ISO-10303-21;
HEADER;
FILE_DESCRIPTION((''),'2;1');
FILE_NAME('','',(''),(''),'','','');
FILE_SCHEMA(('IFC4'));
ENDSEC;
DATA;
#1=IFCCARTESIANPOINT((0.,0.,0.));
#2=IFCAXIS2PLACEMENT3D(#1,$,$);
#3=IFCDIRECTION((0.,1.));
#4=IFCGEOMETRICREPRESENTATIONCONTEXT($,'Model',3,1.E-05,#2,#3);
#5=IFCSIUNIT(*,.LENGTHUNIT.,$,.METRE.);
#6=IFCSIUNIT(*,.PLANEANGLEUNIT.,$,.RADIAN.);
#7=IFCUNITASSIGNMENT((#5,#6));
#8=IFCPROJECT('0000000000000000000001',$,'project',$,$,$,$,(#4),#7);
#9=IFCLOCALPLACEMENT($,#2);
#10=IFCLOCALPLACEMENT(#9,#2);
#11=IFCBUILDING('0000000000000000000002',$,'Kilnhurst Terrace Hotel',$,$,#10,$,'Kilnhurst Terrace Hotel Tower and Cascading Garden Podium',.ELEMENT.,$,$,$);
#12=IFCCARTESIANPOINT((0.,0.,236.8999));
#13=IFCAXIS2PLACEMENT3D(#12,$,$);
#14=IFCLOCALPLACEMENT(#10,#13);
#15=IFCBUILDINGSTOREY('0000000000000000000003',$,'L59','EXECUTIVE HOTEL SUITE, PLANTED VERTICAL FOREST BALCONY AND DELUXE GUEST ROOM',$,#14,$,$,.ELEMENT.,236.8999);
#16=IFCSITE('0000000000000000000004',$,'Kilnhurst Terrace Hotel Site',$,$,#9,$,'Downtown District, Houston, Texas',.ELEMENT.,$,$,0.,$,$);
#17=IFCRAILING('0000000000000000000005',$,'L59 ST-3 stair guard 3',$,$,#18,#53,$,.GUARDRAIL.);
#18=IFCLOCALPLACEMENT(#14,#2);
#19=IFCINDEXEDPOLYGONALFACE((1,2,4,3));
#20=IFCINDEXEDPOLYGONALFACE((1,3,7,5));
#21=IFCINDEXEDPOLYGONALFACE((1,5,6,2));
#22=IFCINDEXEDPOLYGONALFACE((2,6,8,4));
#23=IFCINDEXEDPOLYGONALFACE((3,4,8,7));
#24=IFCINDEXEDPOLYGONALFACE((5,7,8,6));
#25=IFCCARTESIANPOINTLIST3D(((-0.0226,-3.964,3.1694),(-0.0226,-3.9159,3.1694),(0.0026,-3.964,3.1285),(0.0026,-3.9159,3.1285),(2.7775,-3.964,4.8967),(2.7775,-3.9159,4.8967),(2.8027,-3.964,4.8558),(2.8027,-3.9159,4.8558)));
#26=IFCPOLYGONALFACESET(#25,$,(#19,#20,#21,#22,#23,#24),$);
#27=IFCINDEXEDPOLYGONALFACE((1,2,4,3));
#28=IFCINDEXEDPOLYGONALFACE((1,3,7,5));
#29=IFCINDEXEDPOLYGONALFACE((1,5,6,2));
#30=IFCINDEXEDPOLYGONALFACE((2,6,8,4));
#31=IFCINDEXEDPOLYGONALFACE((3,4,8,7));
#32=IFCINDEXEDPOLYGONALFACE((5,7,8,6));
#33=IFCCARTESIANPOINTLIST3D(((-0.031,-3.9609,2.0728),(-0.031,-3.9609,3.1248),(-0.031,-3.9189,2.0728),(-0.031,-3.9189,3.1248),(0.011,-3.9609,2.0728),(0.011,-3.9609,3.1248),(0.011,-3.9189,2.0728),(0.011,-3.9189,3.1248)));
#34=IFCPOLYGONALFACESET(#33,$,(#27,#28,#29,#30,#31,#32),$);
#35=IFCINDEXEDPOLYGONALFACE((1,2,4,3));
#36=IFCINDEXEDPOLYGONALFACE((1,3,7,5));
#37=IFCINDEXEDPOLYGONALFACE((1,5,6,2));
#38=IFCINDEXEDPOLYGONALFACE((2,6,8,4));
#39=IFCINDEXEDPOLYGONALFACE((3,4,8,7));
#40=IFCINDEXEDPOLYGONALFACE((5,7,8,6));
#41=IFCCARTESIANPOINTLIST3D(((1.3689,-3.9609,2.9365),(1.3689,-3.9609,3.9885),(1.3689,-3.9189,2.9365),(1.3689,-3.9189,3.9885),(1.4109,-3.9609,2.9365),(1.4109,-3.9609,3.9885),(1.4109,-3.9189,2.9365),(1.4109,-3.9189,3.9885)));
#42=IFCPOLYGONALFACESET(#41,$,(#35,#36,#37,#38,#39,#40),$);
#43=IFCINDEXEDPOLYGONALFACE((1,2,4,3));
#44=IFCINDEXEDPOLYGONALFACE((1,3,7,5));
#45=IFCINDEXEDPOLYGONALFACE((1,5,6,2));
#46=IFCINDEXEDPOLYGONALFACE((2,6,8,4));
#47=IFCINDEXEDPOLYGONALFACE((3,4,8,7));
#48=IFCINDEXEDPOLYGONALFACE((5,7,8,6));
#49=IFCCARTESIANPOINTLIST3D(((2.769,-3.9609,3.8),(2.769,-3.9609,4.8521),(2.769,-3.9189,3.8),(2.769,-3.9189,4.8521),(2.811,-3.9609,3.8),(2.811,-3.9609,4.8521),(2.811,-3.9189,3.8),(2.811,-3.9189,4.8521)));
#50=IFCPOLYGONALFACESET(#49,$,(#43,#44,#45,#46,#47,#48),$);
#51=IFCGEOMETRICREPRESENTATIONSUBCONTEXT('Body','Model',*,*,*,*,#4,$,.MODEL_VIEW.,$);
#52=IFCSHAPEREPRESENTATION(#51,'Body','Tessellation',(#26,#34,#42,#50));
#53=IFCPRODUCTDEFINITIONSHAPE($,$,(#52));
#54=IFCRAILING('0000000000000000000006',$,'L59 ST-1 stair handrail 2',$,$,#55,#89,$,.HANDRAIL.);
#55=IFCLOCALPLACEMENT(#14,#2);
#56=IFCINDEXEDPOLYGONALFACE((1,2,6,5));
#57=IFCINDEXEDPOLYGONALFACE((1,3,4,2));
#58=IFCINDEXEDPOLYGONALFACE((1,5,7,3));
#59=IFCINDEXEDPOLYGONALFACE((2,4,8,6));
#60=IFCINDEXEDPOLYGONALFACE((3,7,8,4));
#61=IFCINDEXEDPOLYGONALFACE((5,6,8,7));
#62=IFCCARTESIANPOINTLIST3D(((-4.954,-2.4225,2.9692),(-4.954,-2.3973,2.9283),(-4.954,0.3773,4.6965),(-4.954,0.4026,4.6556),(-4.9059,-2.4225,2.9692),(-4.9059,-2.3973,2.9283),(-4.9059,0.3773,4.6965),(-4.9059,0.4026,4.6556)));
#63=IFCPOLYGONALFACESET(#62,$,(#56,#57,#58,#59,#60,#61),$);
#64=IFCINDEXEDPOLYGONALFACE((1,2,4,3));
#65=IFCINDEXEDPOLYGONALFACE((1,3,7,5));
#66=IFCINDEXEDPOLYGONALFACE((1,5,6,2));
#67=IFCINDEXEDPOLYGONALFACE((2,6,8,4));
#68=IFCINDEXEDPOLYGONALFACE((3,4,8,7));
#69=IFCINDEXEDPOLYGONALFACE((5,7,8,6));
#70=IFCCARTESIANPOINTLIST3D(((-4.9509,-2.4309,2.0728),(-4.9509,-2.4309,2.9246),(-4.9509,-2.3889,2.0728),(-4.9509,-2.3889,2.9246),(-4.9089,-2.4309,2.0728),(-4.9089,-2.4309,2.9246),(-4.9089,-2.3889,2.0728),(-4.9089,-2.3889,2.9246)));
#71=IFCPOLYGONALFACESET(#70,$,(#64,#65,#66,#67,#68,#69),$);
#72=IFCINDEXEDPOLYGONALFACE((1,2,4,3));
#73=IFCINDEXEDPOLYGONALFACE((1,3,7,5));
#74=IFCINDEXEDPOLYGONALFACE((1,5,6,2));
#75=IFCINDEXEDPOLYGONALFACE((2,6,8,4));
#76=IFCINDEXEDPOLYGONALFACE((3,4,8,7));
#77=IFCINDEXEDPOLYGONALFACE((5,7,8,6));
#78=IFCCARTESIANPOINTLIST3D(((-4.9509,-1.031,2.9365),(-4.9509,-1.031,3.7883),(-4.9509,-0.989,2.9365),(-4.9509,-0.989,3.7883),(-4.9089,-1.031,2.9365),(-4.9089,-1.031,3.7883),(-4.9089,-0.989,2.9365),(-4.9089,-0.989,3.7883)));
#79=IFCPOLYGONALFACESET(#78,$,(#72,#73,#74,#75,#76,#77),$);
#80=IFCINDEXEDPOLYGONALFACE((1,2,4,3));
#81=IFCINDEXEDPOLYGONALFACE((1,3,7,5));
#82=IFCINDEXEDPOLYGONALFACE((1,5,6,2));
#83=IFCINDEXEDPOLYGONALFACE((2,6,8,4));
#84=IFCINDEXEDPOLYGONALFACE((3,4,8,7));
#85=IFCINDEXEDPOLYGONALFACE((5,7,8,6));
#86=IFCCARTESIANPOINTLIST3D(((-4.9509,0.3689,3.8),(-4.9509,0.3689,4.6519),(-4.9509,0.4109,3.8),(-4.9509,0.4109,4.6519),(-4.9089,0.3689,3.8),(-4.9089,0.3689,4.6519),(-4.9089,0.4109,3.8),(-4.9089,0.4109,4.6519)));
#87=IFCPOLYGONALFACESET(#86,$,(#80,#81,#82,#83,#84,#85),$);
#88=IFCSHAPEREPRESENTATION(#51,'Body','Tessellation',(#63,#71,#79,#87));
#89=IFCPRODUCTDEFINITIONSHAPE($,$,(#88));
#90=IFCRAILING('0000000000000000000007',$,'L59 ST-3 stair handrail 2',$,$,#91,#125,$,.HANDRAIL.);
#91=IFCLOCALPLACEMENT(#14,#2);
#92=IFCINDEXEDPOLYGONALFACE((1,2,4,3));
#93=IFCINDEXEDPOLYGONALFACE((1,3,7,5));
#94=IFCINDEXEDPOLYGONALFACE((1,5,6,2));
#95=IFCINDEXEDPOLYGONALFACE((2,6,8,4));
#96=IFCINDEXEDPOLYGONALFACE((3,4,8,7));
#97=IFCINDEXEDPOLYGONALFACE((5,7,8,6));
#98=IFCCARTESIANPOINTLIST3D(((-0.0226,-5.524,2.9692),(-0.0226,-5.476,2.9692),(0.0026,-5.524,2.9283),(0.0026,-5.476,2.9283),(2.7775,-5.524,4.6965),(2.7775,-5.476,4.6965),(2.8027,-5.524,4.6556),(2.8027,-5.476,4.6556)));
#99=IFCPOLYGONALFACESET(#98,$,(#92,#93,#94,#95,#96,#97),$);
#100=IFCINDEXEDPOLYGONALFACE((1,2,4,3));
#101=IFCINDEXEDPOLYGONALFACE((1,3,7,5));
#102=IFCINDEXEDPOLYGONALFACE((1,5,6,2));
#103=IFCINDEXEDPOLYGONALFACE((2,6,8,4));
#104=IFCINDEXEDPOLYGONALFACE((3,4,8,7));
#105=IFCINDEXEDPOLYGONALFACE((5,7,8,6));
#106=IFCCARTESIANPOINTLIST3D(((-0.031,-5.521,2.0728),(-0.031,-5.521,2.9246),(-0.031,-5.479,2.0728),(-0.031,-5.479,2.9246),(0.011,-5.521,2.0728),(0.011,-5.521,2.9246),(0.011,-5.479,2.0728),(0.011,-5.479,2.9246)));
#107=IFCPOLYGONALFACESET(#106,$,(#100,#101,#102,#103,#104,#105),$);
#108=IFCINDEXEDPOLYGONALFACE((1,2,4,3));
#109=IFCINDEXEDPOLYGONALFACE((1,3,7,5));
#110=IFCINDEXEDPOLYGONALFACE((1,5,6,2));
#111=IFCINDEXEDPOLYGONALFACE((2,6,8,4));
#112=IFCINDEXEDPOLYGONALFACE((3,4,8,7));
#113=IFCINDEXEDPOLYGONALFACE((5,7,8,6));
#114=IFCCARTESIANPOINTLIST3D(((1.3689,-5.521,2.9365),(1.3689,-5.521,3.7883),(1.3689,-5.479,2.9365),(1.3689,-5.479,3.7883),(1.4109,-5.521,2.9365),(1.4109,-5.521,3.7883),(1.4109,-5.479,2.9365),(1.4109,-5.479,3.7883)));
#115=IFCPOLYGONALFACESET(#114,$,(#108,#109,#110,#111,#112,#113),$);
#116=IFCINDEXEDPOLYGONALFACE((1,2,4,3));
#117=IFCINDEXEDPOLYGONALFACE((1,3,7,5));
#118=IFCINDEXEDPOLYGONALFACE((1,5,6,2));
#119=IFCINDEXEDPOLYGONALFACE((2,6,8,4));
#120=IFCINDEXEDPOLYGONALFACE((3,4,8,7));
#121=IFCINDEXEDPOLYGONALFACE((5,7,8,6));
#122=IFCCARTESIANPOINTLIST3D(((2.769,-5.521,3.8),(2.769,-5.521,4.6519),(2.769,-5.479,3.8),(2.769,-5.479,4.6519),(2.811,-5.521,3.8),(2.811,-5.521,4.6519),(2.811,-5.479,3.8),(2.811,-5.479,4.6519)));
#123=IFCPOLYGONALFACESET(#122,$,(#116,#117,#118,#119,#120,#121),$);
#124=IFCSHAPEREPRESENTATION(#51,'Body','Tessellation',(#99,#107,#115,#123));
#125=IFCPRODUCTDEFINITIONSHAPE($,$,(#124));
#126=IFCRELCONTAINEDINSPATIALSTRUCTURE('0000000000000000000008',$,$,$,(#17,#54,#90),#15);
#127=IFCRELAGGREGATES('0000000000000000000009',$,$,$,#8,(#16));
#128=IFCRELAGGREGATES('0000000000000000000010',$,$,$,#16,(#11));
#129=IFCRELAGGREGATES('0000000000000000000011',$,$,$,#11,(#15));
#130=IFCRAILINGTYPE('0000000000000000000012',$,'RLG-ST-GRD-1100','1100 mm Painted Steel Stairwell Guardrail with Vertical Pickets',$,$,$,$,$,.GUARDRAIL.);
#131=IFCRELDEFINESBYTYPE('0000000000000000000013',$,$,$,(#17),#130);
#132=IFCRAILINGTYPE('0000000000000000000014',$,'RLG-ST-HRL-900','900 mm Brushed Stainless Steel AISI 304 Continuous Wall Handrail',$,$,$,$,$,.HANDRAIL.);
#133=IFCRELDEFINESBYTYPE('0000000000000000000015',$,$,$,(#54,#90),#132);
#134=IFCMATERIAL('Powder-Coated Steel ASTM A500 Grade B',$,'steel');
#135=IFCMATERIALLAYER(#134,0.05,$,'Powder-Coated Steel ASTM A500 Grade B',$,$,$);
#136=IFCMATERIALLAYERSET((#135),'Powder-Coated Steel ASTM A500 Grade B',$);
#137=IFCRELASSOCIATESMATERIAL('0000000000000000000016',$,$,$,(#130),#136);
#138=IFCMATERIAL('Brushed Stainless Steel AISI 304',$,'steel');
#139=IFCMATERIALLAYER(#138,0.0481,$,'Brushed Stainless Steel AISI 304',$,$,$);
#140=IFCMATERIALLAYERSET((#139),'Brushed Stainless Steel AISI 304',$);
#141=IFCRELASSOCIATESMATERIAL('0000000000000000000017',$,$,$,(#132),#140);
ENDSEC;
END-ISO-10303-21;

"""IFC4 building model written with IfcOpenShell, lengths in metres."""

from ifc_helpers import new_model, si_unit, direction, frame, origin, origin_2d, place, context, subcontext, project, spatial, rectangle, extrude, material, layer, layer_set, type_object, element, save


model = new_model("IFC4")

# Units and contexts
model_context = context("Model", 3, precision=1e-05, world=origin(), true_north=direction((0.0, 1.0)))
body_context = subcontext(model_context, "Body", "Model", "MODEL_VIEW")
ifc_project = project(units=[si_unit("LENGTHUNIT", "METRE"), si_unit("PLANEANGLEUNIT", "RADIAN")], contexts=[model_context])

# Site, building, storey
site_placement = place(None, origin())
site = spatial("IfcSite", under=ifc_project, at=site_placement, Name="Kilnhurst Terrace Hotel Site", LongName="Downtown District, Houston, Texas", CompositionType="ELEMENT", RefElevation=0.0)
building_placement = place(site_placement, origin())
building = spatial("IfcBuilding", under=site, at=building_placement, Name="Kilnhurst Terrace Hotel", LongName="Kilnhurst Terrace Hotel Tower and Cascading Garden Podium", CompositionType="ELEMENT")
storey_placement = place(building_placement, frame((0.0, 0.0, 236.8999)))
storey = spatial("IfcBuildingStorey", under=building, at=storey_placement, Name="L59", Description="EXECUTIVE HOTEL SUITE, PLANTED VERTICAL FOREST BALCONY AND DELUXE GUEST ROOM", CompositionType="ELEMENT", Elevation=236.8999)

# Railings
ifc_material_1 = material(Name="Powder-Coated Steel ASTM A500 Grade B", Category="steel")
ifc_layer_1 = layer(ifc_material_1, 0.05, Name="Powder-Coated Steel ASTM A500 Grade B")
ifc_layer_set_1 = layer_set([ifc_layer_1], Name="Powder-Coated Steel ASTM A500 Grade B")
railing_type_1 = type_object("IfcRailingType", Name="RLG-ST-GRD-1100", Description="1100 mm Painted Steel Stairwell Guardrail with Vertical Pickets", PredefinedType="GUARDRAIL", material=ifc_layer_set_1)
railing_1_placement = place(storey_placement, frame((-0.01, -3.9399, 2.0728)))
element("IfcRailing", 1, at=railing_1_placement, inside=storey, type_object=railing_type_1, Name="L59 ST-3 stair guard 3", PredefinedType="GUARDRAIL", context=body_context, shape_type="SweptSolid", body=[
    extrude(rectangle(XDim=0.0481, YDim=0.0481, at=origin_2d()), frame((0.0, 0.0, 1.0762), z_axis=(0.85109, 0.0, 0.52502), x_axis=(0.0, 1.0, 0.0)), (0.0, 0.0, 1.0), 3.29),
    extrude(rectangle(XDim=0.042, YDim=0.042, at=origin_2d()), origin(), (0.0, 0.0, 1.0), 1.052),
    extrude(rectangle(XDim=0.042, YDim=0.042, at=origin_2d()), frame((1.3999, 0.0, 0.8638)), (0.0, 0.0, 1.0), 1.052),
    extrude(rectangle(XDim=0.042, YDim=0.042, at=origin_2d()), frame((2.8, 0.0, 1.7273)), (0.0, 0.0, 1.0), 1.052),
])
ifc_material_2 = material(Name="Brushed Stainless Steel AISI 304", Category="steel")
ifc_layer_2 = layer(ifc_material_2, 0.0481, Name="Brushed Stainless Steel AISI 304")
ifc_layer_set_2 = layer_set([ifc_layer_2], Name="Brushed Stainless Steel AISI 304")
railing_type_2 = type_object("IfcRailingType", Name="RLG-ST-HRL-900", Description="900 mm Brushed Stainless Steel AISI 304 Continuous Wall Handrail", PredefinedType="HANDRAIL", material=ifc_layer_set_2)
railing_2_placement = place(storey_placement, frame((-4.9299, -2.4099, 2.0728)))
element("IfcRailing", 2, at=railing_2_placement, inside=storey, type_object=railing_type_2, Name="L59 ST-1 stair handrail 2", PredefinedType="HANDRAIL", context=body_context, shape_type="SweptSolid", body=[
    extrude(rectangle(XDim=0.0481, YDim=0.0481, at=origin_2d()), frame((0.0, 0.0, 0.876), z_axis=(0.0, 0.851069, 0.525054), x_axis=(-1.0, 0.0, 0.0)), (0.0, 0.0, 1.0), 3.2898),
    extrude(rectangle(XDim=0.042, YDim=0.042, at=origin_2d()), origin(), (0.0, 0.0, 1.0), 0.8518),
    extrude(rectangle(XDim=0.042, YDim=0.042, at=origin_2d()), frame((0.0, 1.3999, 0.8638)), (0.0, 0.0, 1.0), 0.8518),
    extrude(rectangle(XDim=0.042, YDim=0.042, at=origin_2d()), frame((0.0, 2.7998, 1.7273)), (0.0, 0.0, 1.0), 0.8518),
])
railing_3_placement = place(storey_placement, frame((-0.01, -5.5, 2.0728)))
element("IfcRailing", 3, at=railing_3_placement, inside=storey, type_object=railing_type_2, Name="L59 ST-3 stair handrail 2", PredefinedType="HANDRAIL", context=body_context, shape_type="SweptSolid", body=[
    extrude(rectangle(XDim=0.0481, YDim=0.0481, at=origin_2d()), frame((0.0, 0.0, 0.876), z_axis=(0.85109, 0.0, 0.52502), x_axis=(0.0, 1.0, 0.0)), (0.0, 0.0, 1.0), 3.29),
    extrude(rectangle(XDim=0.042, YDim=0.042, at=origin_2d()), origin(), (0.0, 0.0, 1.0), 0.8518),
    extrude(rectangle(XDim=0.042, YDim=0.042, at=origin_2d()), frame((1.3999, 0.0, 0.8638)), (0.0, 0.0, 1.0), 0.8518),
    extrude(rectangle(XDim=0.042, YDim=0.042, at=origin_2d()), frame((2.8, 0.0, 1.7273)), (0.0, 0.0, 1.0), 0.8518),
])

save(model, "model.ifc")
